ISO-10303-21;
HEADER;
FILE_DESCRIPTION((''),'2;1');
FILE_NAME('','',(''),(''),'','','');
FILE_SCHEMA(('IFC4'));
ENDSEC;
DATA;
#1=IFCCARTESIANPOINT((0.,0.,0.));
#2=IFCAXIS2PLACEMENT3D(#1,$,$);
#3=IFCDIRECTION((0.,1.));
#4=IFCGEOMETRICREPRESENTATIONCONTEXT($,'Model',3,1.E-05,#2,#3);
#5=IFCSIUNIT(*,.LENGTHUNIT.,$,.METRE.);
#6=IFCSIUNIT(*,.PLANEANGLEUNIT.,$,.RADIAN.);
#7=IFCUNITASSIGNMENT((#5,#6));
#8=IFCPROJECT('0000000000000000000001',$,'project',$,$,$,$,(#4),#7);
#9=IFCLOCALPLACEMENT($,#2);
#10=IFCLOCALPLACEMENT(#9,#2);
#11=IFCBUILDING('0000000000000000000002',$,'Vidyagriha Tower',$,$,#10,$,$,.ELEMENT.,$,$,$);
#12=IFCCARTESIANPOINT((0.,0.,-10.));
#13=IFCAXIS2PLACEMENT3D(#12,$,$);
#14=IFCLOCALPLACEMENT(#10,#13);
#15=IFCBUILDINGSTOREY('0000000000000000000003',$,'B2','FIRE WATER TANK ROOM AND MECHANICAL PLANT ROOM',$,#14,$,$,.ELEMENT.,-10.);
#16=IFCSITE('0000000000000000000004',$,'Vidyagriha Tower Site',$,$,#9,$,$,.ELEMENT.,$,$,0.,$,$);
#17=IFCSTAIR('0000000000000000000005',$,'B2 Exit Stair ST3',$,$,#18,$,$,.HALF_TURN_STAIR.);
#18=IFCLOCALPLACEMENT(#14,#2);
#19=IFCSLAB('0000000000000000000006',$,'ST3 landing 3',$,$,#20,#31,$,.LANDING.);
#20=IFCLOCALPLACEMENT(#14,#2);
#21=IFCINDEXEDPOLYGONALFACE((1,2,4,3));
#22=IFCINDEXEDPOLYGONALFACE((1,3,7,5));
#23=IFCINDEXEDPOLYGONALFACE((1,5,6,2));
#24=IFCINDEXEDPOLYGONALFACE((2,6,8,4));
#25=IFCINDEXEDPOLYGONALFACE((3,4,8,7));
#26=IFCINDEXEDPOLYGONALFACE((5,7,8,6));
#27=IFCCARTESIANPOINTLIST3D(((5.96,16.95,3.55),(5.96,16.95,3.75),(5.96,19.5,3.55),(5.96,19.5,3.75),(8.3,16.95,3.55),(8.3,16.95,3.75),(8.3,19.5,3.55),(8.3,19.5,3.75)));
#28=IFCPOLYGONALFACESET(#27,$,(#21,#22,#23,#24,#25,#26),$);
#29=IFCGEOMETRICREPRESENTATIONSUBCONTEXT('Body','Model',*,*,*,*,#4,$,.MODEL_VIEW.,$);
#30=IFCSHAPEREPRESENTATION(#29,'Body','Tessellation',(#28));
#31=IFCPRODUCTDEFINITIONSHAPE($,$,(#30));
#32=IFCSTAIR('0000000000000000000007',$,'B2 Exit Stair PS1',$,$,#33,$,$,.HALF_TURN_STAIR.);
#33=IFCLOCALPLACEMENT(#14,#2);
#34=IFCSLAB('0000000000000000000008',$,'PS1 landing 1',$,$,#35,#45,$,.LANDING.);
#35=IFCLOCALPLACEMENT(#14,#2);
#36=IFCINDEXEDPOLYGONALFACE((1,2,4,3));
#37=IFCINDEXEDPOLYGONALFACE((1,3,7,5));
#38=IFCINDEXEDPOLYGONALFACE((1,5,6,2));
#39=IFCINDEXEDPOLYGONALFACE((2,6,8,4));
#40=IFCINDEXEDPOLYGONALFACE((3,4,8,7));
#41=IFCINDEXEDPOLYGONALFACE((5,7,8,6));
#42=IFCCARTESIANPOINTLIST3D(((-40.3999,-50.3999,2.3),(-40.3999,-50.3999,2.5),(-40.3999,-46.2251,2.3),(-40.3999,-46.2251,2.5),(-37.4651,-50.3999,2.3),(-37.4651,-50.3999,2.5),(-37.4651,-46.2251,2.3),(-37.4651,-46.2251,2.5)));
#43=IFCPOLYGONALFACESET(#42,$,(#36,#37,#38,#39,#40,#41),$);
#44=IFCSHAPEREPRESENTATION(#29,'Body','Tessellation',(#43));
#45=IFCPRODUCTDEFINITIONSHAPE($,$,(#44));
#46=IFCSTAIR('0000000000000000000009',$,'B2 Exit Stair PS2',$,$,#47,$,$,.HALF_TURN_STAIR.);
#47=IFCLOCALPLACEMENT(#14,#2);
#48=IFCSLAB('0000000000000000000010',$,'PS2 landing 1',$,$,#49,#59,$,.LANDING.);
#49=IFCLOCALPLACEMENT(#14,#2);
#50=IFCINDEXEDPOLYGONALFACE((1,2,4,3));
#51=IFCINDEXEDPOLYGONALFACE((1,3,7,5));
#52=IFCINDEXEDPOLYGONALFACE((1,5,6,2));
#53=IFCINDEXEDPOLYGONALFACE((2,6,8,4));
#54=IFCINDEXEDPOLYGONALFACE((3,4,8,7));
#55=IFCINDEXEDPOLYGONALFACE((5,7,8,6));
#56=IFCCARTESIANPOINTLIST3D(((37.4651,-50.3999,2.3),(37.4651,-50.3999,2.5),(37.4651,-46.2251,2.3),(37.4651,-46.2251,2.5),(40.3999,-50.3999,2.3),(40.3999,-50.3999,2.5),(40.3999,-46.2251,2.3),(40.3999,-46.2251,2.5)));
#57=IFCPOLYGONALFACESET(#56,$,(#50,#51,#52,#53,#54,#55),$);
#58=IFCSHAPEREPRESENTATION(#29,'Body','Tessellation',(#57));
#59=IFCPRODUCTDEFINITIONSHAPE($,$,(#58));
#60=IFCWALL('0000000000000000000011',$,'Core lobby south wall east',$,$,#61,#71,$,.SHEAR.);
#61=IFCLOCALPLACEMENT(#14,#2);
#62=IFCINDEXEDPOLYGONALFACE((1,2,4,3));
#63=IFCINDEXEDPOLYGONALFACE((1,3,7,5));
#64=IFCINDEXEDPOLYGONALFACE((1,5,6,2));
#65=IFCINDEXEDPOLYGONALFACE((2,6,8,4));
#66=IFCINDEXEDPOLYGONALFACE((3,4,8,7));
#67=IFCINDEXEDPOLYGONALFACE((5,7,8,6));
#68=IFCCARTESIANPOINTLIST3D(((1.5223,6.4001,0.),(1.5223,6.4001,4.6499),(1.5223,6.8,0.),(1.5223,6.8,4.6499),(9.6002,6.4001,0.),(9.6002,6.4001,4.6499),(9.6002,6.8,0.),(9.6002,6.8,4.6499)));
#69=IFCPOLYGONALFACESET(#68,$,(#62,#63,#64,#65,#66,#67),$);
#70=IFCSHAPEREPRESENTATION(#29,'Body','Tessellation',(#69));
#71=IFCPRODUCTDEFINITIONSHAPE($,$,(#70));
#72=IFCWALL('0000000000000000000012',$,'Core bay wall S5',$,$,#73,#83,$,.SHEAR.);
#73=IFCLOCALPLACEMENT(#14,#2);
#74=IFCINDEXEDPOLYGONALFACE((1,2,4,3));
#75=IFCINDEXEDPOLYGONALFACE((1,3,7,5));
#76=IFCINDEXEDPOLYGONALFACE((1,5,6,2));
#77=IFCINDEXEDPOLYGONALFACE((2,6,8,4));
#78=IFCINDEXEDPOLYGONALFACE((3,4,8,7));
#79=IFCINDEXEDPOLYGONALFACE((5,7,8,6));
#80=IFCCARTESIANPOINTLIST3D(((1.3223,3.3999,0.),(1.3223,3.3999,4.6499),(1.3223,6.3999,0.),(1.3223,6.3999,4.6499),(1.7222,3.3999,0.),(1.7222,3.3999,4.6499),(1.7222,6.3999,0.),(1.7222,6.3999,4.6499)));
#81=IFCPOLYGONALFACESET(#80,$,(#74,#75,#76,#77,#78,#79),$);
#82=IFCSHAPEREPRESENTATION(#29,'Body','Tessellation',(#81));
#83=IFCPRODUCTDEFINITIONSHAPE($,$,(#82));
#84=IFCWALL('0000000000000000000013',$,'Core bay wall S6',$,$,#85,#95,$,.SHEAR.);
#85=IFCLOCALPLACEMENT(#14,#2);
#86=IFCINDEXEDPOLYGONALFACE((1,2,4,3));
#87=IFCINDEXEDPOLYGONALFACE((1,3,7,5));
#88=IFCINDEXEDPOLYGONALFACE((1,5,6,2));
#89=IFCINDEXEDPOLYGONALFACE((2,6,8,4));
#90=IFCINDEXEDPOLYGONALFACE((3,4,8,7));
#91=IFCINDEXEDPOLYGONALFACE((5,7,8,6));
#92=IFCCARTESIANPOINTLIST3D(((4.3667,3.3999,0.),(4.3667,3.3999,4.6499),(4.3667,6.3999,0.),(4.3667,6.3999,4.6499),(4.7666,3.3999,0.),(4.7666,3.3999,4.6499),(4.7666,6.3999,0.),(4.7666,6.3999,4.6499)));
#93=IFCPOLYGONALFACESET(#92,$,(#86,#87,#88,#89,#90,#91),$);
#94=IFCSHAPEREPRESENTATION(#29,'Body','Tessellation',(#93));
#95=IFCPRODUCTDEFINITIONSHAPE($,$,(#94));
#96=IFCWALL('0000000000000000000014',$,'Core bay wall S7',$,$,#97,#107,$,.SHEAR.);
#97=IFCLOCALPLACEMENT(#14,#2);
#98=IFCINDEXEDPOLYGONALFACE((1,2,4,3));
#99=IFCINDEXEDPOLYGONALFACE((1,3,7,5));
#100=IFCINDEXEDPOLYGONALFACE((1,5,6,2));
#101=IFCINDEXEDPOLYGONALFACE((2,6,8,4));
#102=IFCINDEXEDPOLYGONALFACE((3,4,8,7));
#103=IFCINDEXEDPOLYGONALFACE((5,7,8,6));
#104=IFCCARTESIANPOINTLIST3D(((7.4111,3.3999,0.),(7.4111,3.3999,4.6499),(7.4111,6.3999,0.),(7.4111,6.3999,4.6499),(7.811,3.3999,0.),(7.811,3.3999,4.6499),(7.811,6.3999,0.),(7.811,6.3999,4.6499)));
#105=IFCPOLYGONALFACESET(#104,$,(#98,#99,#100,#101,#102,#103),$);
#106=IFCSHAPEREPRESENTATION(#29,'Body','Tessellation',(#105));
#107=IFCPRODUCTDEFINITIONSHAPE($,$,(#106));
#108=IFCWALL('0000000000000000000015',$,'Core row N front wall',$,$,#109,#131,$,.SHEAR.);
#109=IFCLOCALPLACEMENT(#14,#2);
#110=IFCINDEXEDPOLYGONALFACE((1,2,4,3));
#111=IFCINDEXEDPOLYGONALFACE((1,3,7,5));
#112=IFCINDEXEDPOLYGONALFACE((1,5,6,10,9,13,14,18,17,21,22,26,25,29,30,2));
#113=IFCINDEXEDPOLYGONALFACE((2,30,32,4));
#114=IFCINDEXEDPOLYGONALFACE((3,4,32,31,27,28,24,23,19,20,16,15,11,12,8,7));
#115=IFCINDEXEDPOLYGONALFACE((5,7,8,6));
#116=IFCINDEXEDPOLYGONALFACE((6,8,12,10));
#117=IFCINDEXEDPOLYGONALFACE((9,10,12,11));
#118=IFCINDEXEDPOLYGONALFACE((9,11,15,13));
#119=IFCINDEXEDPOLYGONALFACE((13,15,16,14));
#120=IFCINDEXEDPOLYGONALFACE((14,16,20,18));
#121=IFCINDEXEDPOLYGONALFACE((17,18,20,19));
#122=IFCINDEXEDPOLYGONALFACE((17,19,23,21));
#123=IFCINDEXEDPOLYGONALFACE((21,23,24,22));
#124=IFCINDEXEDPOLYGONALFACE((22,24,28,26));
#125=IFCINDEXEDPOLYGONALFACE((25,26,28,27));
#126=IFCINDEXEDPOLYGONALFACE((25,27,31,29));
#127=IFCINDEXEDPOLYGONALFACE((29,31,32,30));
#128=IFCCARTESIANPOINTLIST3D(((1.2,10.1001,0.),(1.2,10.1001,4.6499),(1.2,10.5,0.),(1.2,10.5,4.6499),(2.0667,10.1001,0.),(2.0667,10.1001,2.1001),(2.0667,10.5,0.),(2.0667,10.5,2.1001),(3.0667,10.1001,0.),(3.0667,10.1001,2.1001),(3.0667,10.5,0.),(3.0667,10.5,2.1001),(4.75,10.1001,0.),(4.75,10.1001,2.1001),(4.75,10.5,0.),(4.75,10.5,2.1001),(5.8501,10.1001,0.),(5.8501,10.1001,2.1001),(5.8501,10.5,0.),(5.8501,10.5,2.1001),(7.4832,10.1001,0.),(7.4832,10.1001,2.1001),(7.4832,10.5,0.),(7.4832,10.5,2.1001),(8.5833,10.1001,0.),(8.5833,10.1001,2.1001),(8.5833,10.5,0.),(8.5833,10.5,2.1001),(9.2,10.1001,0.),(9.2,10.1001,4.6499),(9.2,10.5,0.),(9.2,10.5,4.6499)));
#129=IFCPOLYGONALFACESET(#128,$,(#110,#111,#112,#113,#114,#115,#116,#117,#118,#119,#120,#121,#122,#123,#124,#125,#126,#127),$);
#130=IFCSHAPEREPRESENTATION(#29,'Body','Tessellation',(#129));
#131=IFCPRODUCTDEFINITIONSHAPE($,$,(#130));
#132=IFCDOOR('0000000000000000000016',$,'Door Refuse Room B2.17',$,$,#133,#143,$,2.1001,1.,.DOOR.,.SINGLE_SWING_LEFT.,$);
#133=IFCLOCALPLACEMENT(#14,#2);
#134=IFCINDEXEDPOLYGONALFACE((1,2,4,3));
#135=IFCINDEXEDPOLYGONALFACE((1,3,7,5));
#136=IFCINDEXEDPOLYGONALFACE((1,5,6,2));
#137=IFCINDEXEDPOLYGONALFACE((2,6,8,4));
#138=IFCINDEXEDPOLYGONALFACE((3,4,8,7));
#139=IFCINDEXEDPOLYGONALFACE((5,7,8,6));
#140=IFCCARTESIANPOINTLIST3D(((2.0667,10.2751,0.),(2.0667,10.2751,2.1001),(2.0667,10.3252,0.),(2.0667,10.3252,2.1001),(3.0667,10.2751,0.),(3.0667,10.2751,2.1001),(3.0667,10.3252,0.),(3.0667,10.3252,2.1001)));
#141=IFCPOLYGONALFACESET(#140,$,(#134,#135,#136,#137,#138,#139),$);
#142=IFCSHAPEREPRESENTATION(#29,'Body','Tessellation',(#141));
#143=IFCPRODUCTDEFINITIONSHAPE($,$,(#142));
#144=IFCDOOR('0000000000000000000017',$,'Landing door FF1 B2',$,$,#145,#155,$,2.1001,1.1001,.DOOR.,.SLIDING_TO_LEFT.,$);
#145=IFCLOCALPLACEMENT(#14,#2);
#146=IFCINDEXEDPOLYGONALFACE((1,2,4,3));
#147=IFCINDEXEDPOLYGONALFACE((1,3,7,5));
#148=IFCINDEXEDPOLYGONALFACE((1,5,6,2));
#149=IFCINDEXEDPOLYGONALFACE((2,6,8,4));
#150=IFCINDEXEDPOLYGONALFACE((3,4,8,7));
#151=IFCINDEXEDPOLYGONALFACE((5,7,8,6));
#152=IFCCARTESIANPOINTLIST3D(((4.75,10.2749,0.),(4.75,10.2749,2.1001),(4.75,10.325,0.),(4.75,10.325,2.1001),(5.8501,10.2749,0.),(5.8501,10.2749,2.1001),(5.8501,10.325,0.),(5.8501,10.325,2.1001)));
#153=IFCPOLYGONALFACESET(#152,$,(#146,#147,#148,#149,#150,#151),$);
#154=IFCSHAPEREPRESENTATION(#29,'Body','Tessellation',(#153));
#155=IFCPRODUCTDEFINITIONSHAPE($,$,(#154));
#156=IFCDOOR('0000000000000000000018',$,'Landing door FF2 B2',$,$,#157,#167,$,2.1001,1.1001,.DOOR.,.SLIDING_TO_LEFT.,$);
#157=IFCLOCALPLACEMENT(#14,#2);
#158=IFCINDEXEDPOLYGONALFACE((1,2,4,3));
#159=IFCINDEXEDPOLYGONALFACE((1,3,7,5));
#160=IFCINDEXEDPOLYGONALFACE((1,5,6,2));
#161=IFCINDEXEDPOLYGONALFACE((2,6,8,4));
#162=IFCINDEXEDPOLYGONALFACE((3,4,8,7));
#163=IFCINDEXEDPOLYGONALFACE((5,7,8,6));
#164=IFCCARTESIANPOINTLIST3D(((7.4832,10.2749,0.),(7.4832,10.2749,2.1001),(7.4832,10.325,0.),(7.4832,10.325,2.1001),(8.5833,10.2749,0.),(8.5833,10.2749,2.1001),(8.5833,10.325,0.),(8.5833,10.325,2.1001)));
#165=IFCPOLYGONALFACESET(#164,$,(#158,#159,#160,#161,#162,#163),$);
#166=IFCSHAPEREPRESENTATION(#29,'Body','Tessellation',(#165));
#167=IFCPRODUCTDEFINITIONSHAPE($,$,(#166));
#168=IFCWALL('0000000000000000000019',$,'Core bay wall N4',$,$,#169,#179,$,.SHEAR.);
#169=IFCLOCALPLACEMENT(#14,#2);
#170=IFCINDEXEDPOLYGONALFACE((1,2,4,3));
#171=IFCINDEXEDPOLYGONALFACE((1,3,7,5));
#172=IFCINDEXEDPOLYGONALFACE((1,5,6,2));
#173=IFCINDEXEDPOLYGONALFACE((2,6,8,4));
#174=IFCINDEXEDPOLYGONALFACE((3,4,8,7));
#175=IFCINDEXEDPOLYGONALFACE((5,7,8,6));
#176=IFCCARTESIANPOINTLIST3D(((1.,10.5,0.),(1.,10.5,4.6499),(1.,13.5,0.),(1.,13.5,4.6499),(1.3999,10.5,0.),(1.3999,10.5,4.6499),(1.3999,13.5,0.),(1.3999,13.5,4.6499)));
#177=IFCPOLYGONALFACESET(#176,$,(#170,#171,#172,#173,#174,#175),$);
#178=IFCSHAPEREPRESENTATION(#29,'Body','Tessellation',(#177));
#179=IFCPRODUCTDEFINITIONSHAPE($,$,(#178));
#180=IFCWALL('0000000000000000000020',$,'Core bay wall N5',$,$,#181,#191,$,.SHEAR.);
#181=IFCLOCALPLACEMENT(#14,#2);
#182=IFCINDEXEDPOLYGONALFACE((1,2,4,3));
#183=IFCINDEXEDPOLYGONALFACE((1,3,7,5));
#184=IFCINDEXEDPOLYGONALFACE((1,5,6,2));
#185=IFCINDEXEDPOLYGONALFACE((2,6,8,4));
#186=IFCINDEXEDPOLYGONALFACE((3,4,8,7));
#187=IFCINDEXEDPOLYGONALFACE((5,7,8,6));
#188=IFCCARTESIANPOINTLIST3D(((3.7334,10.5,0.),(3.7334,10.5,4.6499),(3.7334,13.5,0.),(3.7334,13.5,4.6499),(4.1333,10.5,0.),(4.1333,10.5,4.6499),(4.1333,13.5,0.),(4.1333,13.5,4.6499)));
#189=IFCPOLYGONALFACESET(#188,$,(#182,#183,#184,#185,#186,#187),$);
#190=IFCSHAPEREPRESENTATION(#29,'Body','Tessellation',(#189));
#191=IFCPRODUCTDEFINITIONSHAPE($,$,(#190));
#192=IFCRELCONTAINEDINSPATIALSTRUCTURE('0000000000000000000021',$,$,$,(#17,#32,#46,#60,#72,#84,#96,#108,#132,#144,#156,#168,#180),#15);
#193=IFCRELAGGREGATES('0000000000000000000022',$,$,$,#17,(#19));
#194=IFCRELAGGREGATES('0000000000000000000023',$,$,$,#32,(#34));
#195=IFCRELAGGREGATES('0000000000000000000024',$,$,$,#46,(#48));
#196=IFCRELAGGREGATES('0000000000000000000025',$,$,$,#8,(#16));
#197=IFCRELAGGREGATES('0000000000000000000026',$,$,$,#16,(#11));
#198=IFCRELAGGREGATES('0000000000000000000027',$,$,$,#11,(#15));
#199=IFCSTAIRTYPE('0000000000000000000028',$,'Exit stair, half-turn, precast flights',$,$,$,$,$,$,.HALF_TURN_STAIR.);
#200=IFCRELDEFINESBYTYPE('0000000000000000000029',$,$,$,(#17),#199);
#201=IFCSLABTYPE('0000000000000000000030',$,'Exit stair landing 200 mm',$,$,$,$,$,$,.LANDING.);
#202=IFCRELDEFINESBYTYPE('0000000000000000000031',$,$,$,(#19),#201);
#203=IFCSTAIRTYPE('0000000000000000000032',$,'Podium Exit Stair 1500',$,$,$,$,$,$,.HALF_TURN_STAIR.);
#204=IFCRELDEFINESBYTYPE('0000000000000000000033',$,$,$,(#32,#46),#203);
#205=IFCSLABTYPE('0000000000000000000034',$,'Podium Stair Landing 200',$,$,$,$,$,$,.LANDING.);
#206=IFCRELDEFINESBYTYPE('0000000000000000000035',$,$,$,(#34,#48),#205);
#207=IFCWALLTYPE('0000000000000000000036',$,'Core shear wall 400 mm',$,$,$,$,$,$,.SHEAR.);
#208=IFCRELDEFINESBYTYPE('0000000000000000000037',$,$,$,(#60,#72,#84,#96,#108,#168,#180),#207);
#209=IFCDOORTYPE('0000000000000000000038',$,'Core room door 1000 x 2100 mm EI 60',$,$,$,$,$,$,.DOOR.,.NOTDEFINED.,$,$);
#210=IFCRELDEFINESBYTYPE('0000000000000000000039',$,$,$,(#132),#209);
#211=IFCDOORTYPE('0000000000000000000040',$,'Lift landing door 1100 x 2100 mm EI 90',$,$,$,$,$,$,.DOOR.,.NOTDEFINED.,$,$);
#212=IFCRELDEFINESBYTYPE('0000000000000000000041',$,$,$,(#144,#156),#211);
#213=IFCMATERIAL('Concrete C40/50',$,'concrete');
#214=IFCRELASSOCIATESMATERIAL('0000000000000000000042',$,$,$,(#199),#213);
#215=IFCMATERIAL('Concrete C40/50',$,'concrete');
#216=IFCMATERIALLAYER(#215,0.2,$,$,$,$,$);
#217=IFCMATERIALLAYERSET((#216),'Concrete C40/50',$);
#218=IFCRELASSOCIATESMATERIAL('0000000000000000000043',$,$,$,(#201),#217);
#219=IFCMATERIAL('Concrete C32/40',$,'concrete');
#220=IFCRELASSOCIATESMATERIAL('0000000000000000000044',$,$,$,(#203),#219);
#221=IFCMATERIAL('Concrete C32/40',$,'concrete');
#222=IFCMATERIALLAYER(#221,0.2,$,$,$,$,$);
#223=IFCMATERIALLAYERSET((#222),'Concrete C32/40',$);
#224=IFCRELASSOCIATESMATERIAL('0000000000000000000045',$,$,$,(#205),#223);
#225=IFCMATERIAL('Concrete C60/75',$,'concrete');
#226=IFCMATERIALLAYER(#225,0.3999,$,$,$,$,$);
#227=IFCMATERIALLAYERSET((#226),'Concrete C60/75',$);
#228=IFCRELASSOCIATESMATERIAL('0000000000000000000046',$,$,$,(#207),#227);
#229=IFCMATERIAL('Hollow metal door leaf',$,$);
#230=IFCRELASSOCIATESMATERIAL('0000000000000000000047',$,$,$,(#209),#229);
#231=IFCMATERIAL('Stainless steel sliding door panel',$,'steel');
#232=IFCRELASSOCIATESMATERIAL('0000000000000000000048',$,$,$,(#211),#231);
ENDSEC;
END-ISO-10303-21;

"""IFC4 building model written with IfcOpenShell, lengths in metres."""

from ifc_helpers import new_model, si_unit, direction, frame, frame_2d, origin, place, context, subcontext, project, spatial, polyline, rectangle, outline, extrude, material, layer, layer_set, type_object, element, fill, aggregate, save


model = new_model("IFC4")

# Units and contexts
model_context = context("Model", 3, precision=1e-05, world=origin(), true_north=direction((0.0, 1.0)))
body_context = subcontext(model_context, "Body", "Model", "MODEL_VIEW")
ifc_project = project(units=[si_unit("LENGTHUNIT", "METRE"), si_unit("PLANEANGLEUNIT", "RADIAN")], contexts=[model_context])

# Site, building, storey
site_placement = place(None, origin())
site = spatial("IfcSite", under=ifc_project, at=site_placement, Name="Vidyagriha Tower Site", CompositionType="ELEMENT", RefElevation=0.0)
building_placement = place(site_placement, origin())
building = spatial("IfcBuilding", under=site, at=building_placement, Name="Vidyagriha Tower", CompositionType="ELEMENT")
storey_placement = place(building_placement, frame((0.0, 0.0, -10.0)))
storey = spatial("IfcBuildingStorey", under=building, at=storey_placement, Name="B2", Description="FIRE WATER TANK ROOM AND MECHANICAL PLANT ROOM", CompositionType="ELEMENT", Elevation=-10.0)

# Stair, slab
ifc_material_1 = material(Name="Concrete C40/50", Category="concrete")
stair_type_1 = type_object("IfcStairType", Name="Exit stair, half-turn, precast flights", PredefinedType="HALF_TURN_STAIR", material=ifc_material_1)
ifc_material_2 = material(Name="Concrete C40/50", Category="concrete")
ifc_layer_1 = layer(ifc_material_2, 0.2)
ifc_layer_set_1 = layer_set([ifc_layer_1], Name="Concrete C40/50")
slab_type_1 = type_object("IfcSlabType", Name="Exit stair landing 200 mm", PredefinedType="LANDING", material=ifc_layer_set_1)
stair_1_placement = place(storey_placement, origin())
stair_1 = element("IfcStair", 1, at=stair_1_placement, inside=storey, type_object=stair_type_1, Name="B2 Exit Stair ST3", PredefinedType="HALF_TURN_STAIR")
slab_1_placement = place(storey_placement, frame((0.0, 0.0, 3.55)))
slab_1 = element("IfcSlab", 2, at=slab_1_placement, type_object=slab_type_1, Name="ST3 landing 3", PredefinedType="LANDING", context=body_context, shape_type="SweptSolid", body=[
    extrude(outline(polyline([(5.96, 16.95), (8.3, 16.95), (8.3, 19.5), (5.96, 19.5), (5.96, 16.95)])), origin(), (0.0, 0.0, 1.0), 0.2),
])
aggregate(stair_1, [slab_1])

# Stairs, slabs
ifc_material_3 = material(Name="Concrete C32/40", Category="concrete")
stair_type_2 = type_object("IfcStairType", Name="Podium Exit Stair 1500", PredefinedType="HALF_TURN_STAIR", material=ifc_material_3)
stair_2_placement = place(storey_placement, origin())
stair_2 = element("IfcStair", 3, at=stair_2_placement, inside=storey, type_object=stair_type_2, Name="B2 Exit Stair PS1", PredefinedType="HALF_TURN_STAIR")
ifc_material_4 = material(Name="Concrete C32/40", Category="concrete")
ifc_layer_2 = layer(ifc_material_4, 0.2)
ifc_layer_set_2 = layer_set([ifc_layer_2], Name="Concrete C32/40")
slab_type_2 = type_object("IfcSlabType", Name="Podium Stair Landing 200", PredefinedType="LANDING", material=ifc_layer_set_2)
slab_2_placement = place(storey_placement, frame((0.0, 0.0, 2.3)))
slab_2 = element("IfcSlab", 4, at=slab_2_placement, type_object=slab_type_2, Name="PS1 landing 1", PredefinedType="LANDING", context=body_context, shape_type="SweptSolid", body=[
    extrude(outline(polyline([(-37.4651, -46.2251), (-40.3999, -46.2251), (-40.3999, -50.3999), (-37.4651, -50.3999), (-37.4651, -46.2251)])), origin(), (0.0, 0.0, 1.0), 0.2),
])
aggregate(stair_2, [slab_2])
stair_3_placement = place(storey_placement, origin())
stair_3 = element("IfcStair", 5, at=stair_3_placement, inside=storey, type_object=stair_type_2, Name="B2 Exit Stair PS2", PredefinedType="HALF_TURN_STAIR")
slab_3_placement = place(storey_placement, frame((0.0, 0.0, 2.3)))
slab_3 = element("IfcSlab", 6, at=slab_3_placement, type_object=slab_type_2, Name="PS2 landing 1", PredefinedType="LANDING", context=body_context, shape_type="SweptSolid", body=[
    extrude(outline(polyline([(37.4651, -50.3999), (40.3999, -50.3999), (40.3999, -46.2251), (37.4651, -46.2251), (37.4651, -50.3999)])), origin(), (0.0, 0.0, 1.0), 0.2),
])
aggregate(stair_3, [slab_3])

# Walls
ifc_material_5 = material(Name="Concrete C60/75", Category="concrete")
ifc_layer_3 = layer(ifc_material_5, 0.3999)
ifc_layer_set_3 = layer_set([ifc_layer_3], Name="Concrete C60/75")
wall_type_1 = type_object("IfcWallType", Name="Core shear wall 400 mm", PredefinedType="SHEAR", material=ifc_layer_set_3)
wall_1_placement = place(storey_placement, frame((1.5222, 6.6001, 0.0)))
element("IfcWall", 7, at=wall_1_placement, inside=storey, type_object=wall_type_1, Name="Core lobby south wall east", PredefinedType="SHEAR", context=body_context, shape_type="SweptSolid", body=[
    extrude(rectangle(XDim=8.0779, YDim=0.3999, at=frame_2d((4.0391, 0.0))), origin(), (0.0, 0.0, 1.0), 4.6499),
])
for number, where, z_axis, x_axis, name in (
    (8, (1.5222, 3.3999, 0.0), (0.0, 0.0, 1.0), (0.0, 1.0, 0.0), "Core bay wall S5"),
    (9, (4.5667, 3.3999, 0.0), (0.0, 0.0, 1.0), (0.0, 1.0, 0.0), "Core bay wall S6"),
    (10, (7.6111, 3.3999, 0.0), (0.0, 0.0, 1.0), (0.0, 1.0, 0.0), "Core bay wall S7"),
):
    element("IfcWall", number, at=place(storey_placement, frame(where, z_axis=z_axis, x_axis=x_axis)), inside=storey, type_object=wall_type_1, Name=name, PredefinedType="SHEAR", context=body_context, shape_type="SweptSolid", body=[
        extrude(rectangle(XDim=3.0, YDim=0.3999, at=frame_2d((1.5, 0.0))), origin(), (0.0, 0.0, 1.0), 4.6499),
    ])

# Wall, openings, doors
wall_2_placement = place(storey_placement, frame((1.2, 10.3, 0.0)))
wall_2 = element("IfcWall", 11, at=wall_2_placement, inside=storey, type_object=wall_type_1, Name="Core row N front wall", PredefinedType="SHEAR", context=body_context, shape_type="SweptSolid", body=[
    extrude(rectangle(XDim=8.0, YDim=0.3999, at=frame_2d((4.0, 0.0))), origin(), (0.0, 0.0, 1.0), 4.6499),
])
opening_1_placement = place(wall_2_placement, frame((3.55, 0.0, 0.0)))
opening_1 = element("IfcOpeningElement", 12, at=opening_1_placement, cuts=wall_2, PredefinedType="OPENING", context=body_context, shape_type="SweptSolid", body=[
    extrude(rectangle(XDim=1.1001, YDim=2.1001, at=frame_2d((0.55, 1.05))), frame((0.0, 0.21, 0.0), z_axis=(0.0, -1.0, 0.0), x_axis=(1.0, 0.0, 0.0)), (0.0, 0.0, 1.0), 0.4199),
])
opening_2_placement = place(wall_2_placement, frame((6.2832, 0.0, 0.0)))
opening_2 = element("IfcOpeningElement", 13, at=opening_2_placement, cuts=wall_2, PredefinedType="OPENING", context=body_context, shape_type="SweptSolid", body=[
    extrude(rectangle(XDim=1.1001, YDim=2.1001, at=frame_2d((0.55, 1.05))), frame((0.0, 0.21, 0.0), z_axis=(0.0, -1.0, 0.0), x_axis=(1.0, 0.0, 0.0)), (0.0, 0.0, 1.0), 0.4199),
])
opening_3_placement = place(wall_2_placement, frame((0.8667, 0.0, 0.0)))
opening_3 = element("IfcOpeningElement", 14, at=opening_3_placement, cuts=wall_2, PredefinedType="OPENING", context=body_context, shape_type="SweptSolid", body=[
    extrude(rectangle(XDim=1.0, YDim=2.1001, at=frame_2d((0.5, 1.05))), frame((0.0, 0.21, 0.0), z_axis=(0.0, -1.0, 0.0), x_axis=(1.0, 0.0, 0.0)), (0.0, 0.0, 1.0), 0.4199),
])
ifc_material_6 = material(Name="Hollow metal door leaf")
door_type_1 = type_object("IfcDoorType", Name="Core room door 1000 x 2100 mm EI 60", OperationType="NOTDEFINED", PredefinedType="DOOR", material=ifc_material_6)
door_1_placement = place(opening_3_placement, frame((1.0, 0.0, 0.0), z_axis=(0.0, 0.0, 1.0), x_axis=(-1.0, 0.0, 0.0)))
door_1 = element("IfcDoor", 15, at=door_1_placement, inside=storey, type_object=door_type_1, Name="Door Refuse Room B2.17", OperationType="SINGLE_SWING_LEFT", OverallHeight=2.1001, OverallWidth=1.0, PredefinedType="DOOR", context=body_context, shape_type="SweptSolid", body=[
    extrude(rectangle(XDim=1.0, YDim=2.1001, at=frame_2d((0.5, 1.05))), frame((0.0, 0.0249, 0.0), z_axis=(0.0, -1.0, 0.0), x_axis=(1.0, 0.0, 0.0)), (0.0, 0.0, 1.0), 0.05),
])
fill(opening_3, door_1)
ifc_material_7 = material(Name="Stainless steel sliding door panel", Category="steel")
door_type_2 = type_object("IfcDoorType", Name="Lift landing door 1100 x 2100 mm EI 90", OperationType="NOTDEFINED", PredefinedType="DOOR", material=ifc_material_7)
door_2_placement = place(opening_1_placement, origin())
door_2 = element("IfcDoor", 16, at=door_2_placement, inside=storey, type_object=door_type_2, Name="Landing door FF1 B2", OperationType="SLIDING_TO_LEFT", OverallHeight=2.1001, OverallWidth=1.1001, PredefinedType="DOOR", context=body_context, shape_type="SweptSolid", body=[
    extrude(rectangle(XDim=1.1001, YDim=2.1001, at=frame_2d((0.55, 1.05))), frame((0.0, 0.0249, 0.0), z_axis=(0.0, -1.0, 0.0), x_axis=(1.0, 0.0, 0.0)), (0.0, 0.0, 1.0), 0.05),
])
fill(opening_1, door_2)
door_3_placement = place(opening_2_placement, origin())
door_3 = element("IfcDoor", 17, at=door_3_placement, inside=storey, type_object=door_type_2, Name="Landing door FF2 B2", OperationType="SLIDING_TO_LEFT", OverallHeight=2.1001, OverallWidth=1.1001, PredefinedType="DOOR", context=body_context, shape_type="SweptSolid", body=[
    extrude(rectangle(XDim=1.1001, YDim=2.1001, at=frame_2d((0.55, 1.05))), frame((0.0, 0.0249, 0.0), z_axis=(0.0, -1.0, 0.0), x_axis=(1.0, 0.0, 0.0)), (0.0, 0.0, 1.0), 0.05),
])
fill(opening_2, door_3)

# Walls
for number, where, z_axis, x_axis, name in (
    (18, (1.2, 10.5, 0.0), (0.0, 0.0, 1.0), (0.0, 1.0, 0.0), "Core bay wall N4"),
    (19, (3.9333, 10.5, 0.0), (0.0, 0.0, 1.0), (0.0, 1.0, 0.0), "Core bay wall N5"),
):
    element("IfcWall", number, at=place(storey_placement, frame(where, z_axis=z_axis, x_axis=x_axis)), inside=storey, type_object=wall_type_1, Name=name, PredefinedType="SHEAR", context=body_context, shape_type="SweptSolid", body=[
        extrude(rectangle(XDim=3.0, YDim=0.3999, at=frame_2d((1.5, 0.0))), origin(), (0.0, 0.0, 1.0), 4.6499),
    ])

save(model, "model.ifc")
